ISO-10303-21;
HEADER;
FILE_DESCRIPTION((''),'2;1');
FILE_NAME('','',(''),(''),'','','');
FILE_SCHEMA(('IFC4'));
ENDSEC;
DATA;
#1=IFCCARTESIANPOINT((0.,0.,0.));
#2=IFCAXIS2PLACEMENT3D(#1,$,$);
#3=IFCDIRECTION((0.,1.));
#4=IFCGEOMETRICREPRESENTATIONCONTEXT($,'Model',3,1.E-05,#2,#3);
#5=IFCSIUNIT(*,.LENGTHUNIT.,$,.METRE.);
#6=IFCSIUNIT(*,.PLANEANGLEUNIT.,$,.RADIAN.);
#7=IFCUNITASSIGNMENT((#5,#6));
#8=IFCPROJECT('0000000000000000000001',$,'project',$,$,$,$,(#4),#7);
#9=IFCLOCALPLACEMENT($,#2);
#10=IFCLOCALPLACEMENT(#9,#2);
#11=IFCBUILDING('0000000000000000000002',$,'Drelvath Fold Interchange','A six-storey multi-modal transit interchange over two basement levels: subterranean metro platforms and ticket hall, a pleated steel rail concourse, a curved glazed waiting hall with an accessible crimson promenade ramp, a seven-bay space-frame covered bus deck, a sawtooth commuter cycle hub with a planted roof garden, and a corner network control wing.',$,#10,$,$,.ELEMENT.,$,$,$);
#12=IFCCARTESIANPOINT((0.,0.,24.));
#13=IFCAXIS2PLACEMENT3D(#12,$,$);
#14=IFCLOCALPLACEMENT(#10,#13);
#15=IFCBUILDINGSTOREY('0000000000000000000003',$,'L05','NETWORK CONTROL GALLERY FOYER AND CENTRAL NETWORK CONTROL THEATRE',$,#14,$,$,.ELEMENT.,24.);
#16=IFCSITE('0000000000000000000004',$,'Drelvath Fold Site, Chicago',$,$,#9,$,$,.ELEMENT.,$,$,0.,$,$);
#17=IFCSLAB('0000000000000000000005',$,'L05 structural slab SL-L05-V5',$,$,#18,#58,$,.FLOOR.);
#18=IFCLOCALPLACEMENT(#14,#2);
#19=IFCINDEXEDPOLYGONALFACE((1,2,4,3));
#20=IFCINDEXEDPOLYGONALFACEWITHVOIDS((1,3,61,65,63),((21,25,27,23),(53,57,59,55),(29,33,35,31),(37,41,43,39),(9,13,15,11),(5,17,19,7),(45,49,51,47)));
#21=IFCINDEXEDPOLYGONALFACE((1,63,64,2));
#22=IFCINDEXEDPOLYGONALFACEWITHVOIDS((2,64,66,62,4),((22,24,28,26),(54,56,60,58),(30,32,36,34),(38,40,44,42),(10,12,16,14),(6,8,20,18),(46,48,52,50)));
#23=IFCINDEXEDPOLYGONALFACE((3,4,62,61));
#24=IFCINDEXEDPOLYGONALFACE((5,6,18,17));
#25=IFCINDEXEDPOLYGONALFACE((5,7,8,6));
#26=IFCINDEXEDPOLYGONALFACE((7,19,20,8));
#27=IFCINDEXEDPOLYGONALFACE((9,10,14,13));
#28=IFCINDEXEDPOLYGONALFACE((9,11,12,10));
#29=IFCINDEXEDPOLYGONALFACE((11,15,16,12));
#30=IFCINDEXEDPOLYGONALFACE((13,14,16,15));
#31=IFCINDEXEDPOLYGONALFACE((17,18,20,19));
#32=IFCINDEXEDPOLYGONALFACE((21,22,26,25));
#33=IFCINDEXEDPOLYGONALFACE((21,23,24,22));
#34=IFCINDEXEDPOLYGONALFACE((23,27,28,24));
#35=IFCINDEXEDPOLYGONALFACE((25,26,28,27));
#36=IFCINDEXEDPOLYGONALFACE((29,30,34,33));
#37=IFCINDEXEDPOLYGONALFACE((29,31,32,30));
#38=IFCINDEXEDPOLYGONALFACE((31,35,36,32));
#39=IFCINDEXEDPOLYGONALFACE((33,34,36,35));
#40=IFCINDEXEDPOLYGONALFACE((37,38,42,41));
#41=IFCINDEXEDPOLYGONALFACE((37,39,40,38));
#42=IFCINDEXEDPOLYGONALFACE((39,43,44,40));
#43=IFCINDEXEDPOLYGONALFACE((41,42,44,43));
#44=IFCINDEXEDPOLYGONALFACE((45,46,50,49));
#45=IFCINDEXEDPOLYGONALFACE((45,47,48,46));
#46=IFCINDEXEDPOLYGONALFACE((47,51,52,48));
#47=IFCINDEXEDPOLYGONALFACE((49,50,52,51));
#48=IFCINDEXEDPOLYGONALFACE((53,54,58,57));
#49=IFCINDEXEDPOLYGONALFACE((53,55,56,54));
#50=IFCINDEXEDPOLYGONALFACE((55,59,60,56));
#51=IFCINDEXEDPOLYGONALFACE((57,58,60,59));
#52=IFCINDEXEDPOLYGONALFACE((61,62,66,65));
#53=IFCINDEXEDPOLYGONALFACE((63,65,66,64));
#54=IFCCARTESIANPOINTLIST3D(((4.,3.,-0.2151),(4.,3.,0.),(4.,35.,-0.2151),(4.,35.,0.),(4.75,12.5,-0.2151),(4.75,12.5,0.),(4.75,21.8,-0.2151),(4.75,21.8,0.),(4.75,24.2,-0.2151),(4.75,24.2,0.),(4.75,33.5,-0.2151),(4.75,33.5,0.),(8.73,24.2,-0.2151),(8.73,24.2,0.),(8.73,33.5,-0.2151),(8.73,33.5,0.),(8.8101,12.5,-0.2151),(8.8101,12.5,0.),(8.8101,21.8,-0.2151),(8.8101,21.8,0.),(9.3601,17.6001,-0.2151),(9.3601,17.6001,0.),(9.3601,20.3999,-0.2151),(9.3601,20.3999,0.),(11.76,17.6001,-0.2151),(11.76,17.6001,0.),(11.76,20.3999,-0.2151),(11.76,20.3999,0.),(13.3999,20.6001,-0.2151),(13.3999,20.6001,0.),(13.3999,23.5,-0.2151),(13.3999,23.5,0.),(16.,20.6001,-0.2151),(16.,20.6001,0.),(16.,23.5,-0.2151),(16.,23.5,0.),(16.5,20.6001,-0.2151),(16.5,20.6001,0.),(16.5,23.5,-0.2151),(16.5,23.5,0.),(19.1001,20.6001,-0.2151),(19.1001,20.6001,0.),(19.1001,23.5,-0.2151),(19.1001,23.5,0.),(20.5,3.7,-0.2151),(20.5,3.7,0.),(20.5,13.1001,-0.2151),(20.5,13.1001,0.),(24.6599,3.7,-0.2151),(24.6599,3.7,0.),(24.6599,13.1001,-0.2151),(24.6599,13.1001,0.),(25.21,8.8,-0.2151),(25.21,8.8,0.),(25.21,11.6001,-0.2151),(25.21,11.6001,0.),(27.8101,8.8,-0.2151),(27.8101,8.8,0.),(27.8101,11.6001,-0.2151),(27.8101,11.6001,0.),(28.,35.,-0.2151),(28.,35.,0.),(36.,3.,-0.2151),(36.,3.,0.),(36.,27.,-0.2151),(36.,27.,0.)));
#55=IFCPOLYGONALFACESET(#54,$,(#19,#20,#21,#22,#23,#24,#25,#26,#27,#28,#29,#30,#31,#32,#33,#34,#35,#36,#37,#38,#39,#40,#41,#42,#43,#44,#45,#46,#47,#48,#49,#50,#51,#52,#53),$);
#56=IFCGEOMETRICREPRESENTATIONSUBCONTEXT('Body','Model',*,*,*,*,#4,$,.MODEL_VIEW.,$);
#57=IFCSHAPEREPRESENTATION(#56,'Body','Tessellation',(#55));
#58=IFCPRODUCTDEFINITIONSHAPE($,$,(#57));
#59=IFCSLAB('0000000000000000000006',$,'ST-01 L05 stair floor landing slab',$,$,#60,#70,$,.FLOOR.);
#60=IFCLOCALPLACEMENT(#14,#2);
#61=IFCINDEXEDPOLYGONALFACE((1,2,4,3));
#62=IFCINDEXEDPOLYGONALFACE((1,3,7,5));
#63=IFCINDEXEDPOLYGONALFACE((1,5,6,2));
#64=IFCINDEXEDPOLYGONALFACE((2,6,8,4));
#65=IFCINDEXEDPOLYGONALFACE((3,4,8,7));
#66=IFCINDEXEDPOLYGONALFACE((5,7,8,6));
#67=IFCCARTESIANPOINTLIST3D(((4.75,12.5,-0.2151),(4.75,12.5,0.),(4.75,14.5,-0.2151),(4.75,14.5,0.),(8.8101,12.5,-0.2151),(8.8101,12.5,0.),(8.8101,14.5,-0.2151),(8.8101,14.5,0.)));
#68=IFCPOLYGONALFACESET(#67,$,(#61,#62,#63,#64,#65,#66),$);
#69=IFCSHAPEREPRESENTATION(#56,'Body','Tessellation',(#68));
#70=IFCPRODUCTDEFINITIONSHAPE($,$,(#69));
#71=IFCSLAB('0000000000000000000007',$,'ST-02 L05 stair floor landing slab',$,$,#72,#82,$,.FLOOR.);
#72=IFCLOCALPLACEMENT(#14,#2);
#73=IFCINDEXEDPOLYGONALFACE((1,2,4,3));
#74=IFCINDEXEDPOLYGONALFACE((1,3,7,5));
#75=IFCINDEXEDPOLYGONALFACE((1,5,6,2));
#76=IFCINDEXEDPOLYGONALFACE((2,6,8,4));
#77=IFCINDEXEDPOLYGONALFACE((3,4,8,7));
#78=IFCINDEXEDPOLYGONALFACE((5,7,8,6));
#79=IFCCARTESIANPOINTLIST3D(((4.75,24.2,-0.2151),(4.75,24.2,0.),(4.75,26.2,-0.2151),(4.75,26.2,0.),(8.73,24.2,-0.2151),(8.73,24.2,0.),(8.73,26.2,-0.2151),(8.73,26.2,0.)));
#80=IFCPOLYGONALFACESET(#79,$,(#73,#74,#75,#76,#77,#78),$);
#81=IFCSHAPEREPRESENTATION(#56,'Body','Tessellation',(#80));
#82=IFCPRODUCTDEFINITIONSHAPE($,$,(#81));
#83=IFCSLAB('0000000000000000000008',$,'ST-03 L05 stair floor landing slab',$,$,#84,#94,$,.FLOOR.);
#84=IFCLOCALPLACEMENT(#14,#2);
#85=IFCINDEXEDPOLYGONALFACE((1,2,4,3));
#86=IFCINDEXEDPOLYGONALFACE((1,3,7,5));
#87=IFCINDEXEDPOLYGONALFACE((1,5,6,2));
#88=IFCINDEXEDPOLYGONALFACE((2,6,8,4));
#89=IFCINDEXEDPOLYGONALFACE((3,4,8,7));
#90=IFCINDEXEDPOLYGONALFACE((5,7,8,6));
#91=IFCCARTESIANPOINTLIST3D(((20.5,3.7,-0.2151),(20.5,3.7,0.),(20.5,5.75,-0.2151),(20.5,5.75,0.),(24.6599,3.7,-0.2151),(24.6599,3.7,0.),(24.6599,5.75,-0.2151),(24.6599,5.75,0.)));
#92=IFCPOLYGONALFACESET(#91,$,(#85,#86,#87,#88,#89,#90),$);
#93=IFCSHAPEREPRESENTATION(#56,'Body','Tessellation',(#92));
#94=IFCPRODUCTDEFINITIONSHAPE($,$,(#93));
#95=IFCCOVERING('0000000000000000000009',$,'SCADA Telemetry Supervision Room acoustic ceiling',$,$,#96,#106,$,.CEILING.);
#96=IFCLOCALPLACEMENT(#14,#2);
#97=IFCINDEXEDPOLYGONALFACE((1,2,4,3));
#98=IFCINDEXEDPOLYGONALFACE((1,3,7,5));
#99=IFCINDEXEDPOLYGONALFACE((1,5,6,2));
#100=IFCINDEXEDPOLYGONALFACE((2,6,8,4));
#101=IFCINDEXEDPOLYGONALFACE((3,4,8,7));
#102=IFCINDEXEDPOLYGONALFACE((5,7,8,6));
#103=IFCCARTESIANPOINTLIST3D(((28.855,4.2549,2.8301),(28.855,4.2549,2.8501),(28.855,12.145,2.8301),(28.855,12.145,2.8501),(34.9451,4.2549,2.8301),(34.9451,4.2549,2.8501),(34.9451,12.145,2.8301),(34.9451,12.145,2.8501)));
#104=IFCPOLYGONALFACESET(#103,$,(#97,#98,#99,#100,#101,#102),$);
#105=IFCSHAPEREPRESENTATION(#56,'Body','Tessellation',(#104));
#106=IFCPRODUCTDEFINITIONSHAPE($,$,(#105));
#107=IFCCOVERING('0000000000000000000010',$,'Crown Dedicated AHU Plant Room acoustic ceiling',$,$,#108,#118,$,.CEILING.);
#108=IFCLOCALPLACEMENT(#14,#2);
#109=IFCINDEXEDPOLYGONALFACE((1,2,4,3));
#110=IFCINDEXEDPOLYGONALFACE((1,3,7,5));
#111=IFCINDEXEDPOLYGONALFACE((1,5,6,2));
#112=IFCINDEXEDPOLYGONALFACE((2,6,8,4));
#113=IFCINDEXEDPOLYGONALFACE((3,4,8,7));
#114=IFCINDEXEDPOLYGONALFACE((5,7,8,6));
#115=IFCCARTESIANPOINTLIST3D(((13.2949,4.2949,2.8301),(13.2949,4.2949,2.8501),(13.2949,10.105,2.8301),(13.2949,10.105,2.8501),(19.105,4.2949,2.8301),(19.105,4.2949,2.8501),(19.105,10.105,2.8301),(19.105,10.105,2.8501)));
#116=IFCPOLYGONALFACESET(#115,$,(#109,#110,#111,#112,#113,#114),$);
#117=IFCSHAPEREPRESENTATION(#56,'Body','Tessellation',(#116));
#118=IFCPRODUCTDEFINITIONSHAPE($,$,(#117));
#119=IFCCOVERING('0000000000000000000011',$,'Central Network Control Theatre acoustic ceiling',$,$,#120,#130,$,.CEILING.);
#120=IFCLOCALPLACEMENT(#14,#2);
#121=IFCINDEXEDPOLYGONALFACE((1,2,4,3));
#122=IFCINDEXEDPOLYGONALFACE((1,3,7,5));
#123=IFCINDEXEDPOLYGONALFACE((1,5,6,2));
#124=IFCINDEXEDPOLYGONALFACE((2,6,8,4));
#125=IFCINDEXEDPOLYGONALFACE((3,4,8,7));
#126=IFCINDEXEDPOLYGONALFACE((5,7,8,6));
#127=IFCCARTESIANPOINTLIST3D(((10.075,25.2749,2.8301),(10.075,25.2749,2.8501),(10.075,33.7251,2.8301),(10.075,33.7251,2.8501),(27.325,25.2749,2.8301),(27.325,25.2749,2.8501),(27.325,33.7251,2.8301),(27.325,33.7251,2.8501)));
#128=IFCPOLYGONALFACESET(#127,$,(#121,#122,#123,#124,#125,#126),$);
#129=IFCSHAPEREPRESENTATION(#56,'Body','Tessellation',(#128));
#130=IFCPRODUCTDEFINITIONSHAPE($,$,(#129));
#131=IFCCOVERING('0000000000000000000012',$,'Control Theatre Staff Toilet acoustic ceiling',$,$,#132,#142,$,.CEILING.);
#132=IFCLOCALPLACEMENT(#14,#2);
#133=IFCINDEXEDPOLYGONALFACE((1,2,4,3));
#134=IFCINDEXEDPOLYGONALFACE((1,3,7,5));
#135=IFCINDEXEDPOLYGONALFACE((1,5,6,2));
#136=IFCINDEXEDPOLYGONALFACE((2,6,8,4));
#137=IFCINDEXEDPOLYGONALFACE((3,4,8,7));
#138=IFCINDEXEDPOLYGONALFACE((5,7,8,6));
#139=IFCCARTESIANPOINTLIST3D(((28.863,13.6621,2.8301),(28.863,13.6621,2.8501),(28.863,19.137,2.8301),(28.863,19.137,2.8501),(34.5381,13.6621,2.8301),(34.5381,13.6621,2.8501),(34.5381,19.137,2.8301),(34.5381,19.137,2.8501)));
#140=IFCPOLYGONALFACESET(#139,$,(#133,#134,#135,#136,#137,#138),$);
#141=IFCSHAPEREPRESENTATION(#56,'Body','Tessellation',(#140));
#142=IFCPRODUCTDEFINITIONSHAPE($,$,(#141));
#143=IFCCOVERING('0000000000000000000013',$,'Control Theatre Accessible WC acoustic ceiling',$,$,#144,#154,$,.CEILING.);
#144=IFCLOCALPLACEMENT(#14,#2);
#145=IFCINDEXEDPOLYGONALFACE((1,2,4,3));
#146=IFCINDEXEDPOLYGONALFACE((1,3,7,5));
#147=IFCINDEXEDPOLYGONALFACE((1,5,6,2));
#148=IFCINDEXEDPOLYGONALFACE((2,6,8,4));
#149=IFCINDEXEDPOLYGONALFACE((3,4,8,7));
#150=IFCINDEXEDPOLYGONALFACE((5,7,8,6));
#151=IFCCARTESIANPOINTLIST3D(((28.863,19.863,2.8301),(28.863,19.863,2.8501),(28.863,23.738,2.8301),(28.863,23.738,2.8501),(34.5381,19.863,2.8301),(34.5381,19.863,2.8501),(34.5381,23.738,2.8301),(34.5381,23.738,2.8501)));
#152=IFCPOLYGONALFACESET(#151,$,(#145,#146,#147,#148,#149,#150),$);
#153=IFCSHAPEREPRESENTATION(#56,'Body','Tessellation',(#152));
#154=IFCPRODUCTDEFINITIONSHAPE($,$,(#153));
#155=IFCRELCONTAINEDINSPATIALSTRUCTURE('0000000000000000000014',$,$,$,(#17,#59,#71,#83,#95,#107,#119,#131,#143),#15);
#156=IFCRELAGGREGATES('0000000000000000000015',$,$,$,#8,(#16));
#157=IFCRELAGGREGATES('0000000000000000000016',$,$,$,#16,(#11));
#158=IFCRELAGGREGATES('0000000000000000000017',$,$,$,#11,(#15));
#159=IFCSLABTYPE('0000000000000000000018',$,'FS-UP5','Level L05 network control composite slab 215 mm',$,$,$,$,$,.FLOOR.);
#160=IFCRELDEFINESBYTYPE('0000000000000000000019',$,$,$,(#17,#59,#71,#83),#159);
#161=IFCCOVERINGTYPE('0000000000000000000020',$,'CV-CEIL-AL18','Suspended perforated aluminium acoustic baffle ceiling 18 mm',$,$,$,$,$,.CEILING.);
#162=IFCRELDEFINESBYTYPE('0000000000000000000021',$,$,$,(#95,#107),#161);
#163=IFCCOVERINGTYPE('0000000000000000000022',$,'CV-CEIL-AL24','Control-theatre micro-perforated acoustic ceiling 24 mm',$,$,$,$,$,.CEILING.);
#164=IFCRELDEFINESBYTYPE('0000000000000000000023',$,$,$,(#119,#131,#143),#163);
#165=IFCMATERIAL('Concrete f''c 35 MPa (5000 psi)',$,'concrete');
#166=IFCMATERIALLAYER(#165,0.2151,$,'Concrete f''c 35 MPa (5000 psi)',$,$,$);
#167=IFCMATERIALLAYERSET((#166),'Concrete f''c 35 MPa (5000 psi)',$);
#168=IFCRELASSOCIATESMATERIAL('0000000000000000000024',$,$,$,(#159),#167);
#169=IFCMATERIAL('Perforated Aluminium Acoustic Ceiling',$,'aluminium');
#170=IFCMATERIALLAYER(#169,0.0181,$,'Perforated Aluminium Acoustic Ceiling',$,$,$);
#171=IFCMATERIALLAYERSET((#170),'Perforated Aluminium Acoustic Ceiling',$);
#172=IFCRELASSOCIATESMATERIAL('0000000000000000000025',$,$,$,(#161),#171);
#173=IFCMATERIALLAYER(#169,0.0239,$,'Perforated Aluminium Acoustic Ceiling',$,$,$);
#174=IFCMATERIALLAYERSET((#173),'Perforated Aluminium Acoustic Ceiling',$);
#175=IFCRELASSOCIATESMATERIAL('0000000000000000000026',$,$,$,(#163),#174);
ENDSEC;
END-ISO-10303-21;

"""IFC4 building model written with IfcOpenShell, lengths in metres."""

from ifc_helpers import new_model, si_unit, direction, frame, origin, place, context, subcontext, project, spatial, polyline, outline, extrude, material, layer, layer_set, type_object, element, save


model = new_model("IFC4")

# Units and contexts
model_context = context("Model", 3, precision=1e-05, world=origin(), true_north=direction((0.0, 1.0)))
body_context = subcontext(model_context, "Body", "Model", "MODEL_VIEW")
ifc_project = project(units=[si_unit("LENGTHUNIT", "METRE"), si_unit("PLANEANGLEUNIT", "RADIAN")], contexts=[model_context])

# Site, building, storey
site_placement = place(None, origin())
site = spatial("IfcSite", under=ifc_project, at=site_placement, Name="Drelvath Fold Site, Chicago", CompositionType="ELEMENT", RefElevation=0.0)
building_placement = place(site_placement, origin())
building = spatial("IfcBuilding", under=site, at=building_placement, Name="Drelvath Fold Interchange", Description="A six-storey multi-modal transit interchange over two basement levels: subterranean metro platforms and ticket hall, a pleated steel rail concourse, a curved glazed waiting hall with an accessible crimson promenade ramp, a seven-bay space-frame covered bus deck, a sawtooth commuter cycle hub with a planted roof garden, and a corner network control wing.", CompositionType="ELEMENT")
storey_placement = place(building_placement, frame((0.0, 0.0, 24.0)))
storey = spatial("IfcBuildingStorey", under=building, at=storey_placement, Name="L05", Description="NETWORK CONTROL GALLERY FOYER AND CENTRAL NETWORK CONTROL THEATRE", CompositionType="ELEMENT", Elevation=24.0)

# Slabs
ifc_material_1 = material(Name="Concrete f'c 35 MPa (5000 psi)", Category="concrete")
ifc_layer_1 = layer(ifc_material_1, 0.2151, Name="Concrete f'c 35 MPa (5000 psi)")
ifc_layer_set_1 = layer_set([ifc_layer_1], Name="Concrete f'c 35 MPa (5000 psi)")
slab_type = type_object("IfcSlabType", Name="FS-UP5", Description="Level L05 network control composite slab 215 mm", PredefinedType="FLOOR", material=ifc_layer_set_1)
slab_1_placement = place(storey_placement, frame((0.0, 0.0, -0.2151)))
element("IfcSlab", 1, at=slab_1_placement, inside=storey, type_object=slab_type, Name="L05 structural slab SL-L05-V5", PredefinedType="FLOOR", context=body_context, shape_type="SweptSolid", body=[
    extrude(outline(polyline([(4.0, 3.0), (36.0, 3.0), (36.0, 27.0), (28.0, 35.0), (4.0, 35.0), (4.0, 3.0)]), holes=[polyline([(4.75, 12.5), (4.75, 21.8), (8.8101, 21.8), (8.8101, 12.5), (4.75, 12.5)]), polyline([(4.75, 24.2), (4.75, 33.5), (8.73, 33.5), (8.73, 24.2), (4.75, 24.2)]), polyline([(20.5, 3.7), (20.5, 13.1001), (24.6599, 13.1001), (24.6599, 3.7), (20.5, 3.7)]), polyline([(9.3601, 17.6001), (9.3601, 20.3999), (11.76, 20.3999), (11.76, 17.6001), (9.3601, 17.6001)]), polyline([(25.21, 8.8), (25.21, 11.6001), (27.8101, 11.6001), (27.8101, 8.8), (25.21, 8.8)]), polyline([(13.3999, 20.6001), (13.3999, 23.5), (16.0, 23.5), (16.0, 20.6001), (13.3999, 20.6001)]), polyline([(16.5, 20.6001), (16.5, 23.5), (19.1001, 23.5), (19.1001, 20.6001), (16.5, 20.6001)])]), origin(), (0.0, 0.0, 1.0), 0.2151),
])
slab_2_placement = place(storey_placement, frame((0.0, 0.0, -0.2151)))
element("IfcSlab", 2, at=slab_2_placement, inside=storey, type_object=slab_type, Name="ST-01 L05 stair floor landing slab", PredefinedType="FLOOR", context=body_context, shape_type="SweptSolid", body=[
    extrude(outline(polyline([(4.75, 12.5), (8.8101, 12.5), (8.8101, 14.5), (4.75, 14.5), (4.75, 12.5)])), origin(), (0.0, 0.0, 1.0), 0.2151),
])
slab_3_placement = place(storey_placement, frame((0.0, 0.0, -0.2151)))
element("IfcSlab", 3, at=slab_3_placement, inside=storey, type_object=slab_type, Name="ST-02 L05 stair floor landing slab", PredefinedType="FLOOR", context=body_context, shape_type="SweptSolid", body=[
    extrude(outline(polyline([(4.75, 24.2), (8.73, 24.2), (8.73, 26.2), (4.75, 26.2), (4.75, 24.2)])), origin(), (0.0, 0.0, 1.0), 0.2151),
])
slab_4_placement = place(storey_placement, frame((0.0, 0.0, -0.2151)))
element("IfcSlab", 4, at=slab_4_placement, inside=storey, type_object=slab_type, Name="ST-03 L05 stair floor landing slab", PredefinedType="FLOOR", context=body_context, shape_type="SweptSolid", body=[
    extrude(outline(polyline([(20.5, 3.7), (24.6599, 3.7), (24.6599, 5.75), (20.5, 5.75), (20.5, 3.7)])), origin(), (0.0, 0.0, 1.0), 0.2151),
])

# Coverings
ifc_material_2 = material(Name="Perforated Aluminium Acoustic Ceiling", Category="aluminium")
ifc_layer_2 = layer(ifc_material_2, 0.0181, Name="Perforated Aluminium Acoustic Ceiling")
ifc_layer_set_2 = layer_set([ifc_layer_2], Name="Perforated Aluminium Acoustic Ceiling")
covering_type_1 = type_object("IfcCoveringType", Name="CV-CEIL-AL18", Description="Suspended perforated aluminium acoustic baffle ceiling 18 mm", PredefinedType="CEILING", material=ifc_layer_set_2)
covering_1_placement = place(storey_placement, frame((0.0, 0.0, 2.8301)))
element("IfcCovering", 5, at=covering_1_placement, inside=storey, type_object=covering_type_1, Name="SCADA Telemetry Supervision Room acoustic ceiling", PredefinedType="CEILING", context=body_context, shape_type="SweptSolid", body=[
    extrude(outline(polyline([(28.855, 4.2549), (34.9451, 4.2549), (34.9451, 12.145), (28.855, 12.145), (28.855, 4.2549)])), origin(), (0.0, 0.0, 1.0), 0.02),
])
covering_2_placement = place(storey_placement, frame((0.0, 0.0, 2.8301)))
element("IfcCovering", 6, at=covering_2_placement, inside=storey, type_object=covering_type_1, Name="Crown Dedicated AHU Plant Room acoustic ceiling", PredefinedType="CEILING", context=body_context, shape_type="SweptSolid", body=[
    extrude(outline(polyline([(13.2949, 4.2949), (19.105, 4.2949), (19.105, 10.105), (13.2949, 10.105), (13.2949, 4.2949)])), origin(), (0.0, 0.0, 1.0), 0.02),
])
ifc_layer_3 = layer(ifc_material_2, 0.0239, Name="Perforated Aluminium Acoustic Ceiling")
ifc_layer_set_3 = layer_set([ifc_layer_3], Name="Perforated Aluminium Acoustic Ceiling")
covering_type_2 = type_object("IfcCoveringType", Name="CV-CEIL-AL24", Description="Control-theatre micro-perforated acoustic ceiling 24 mm", PredefinedType="CEILING", material=ifc_layer_set_3)
covering_3_placement = place(storey_placement, frame((0.0, 0.0, 2.8301)))
element("IfcCovering", 7, at=covering_3_placement, inside=storey, type_object=covering_type_2, Name="Central Network Control Theatre acoustic ceiling", PredefinedType="CEILING", context=body_context, shape_type="SweptSolid", body=[
    extrude(outline(polyline([(10.075, 25.2749), (27.325, 25.2749), (27.325, 33.7251), (10.075, 33.7251), (10.075, 25.2749)])), origin(), (0.0, 0.0, 1.0), 0.02),
])
covering_4_placement = place(storey_placement, frame((0.0, 0.0, 2.8301)))
element("IfcCovering", 8, at=covering_4_placement, inside=storey, type_object=covering_type_2, Name="Control Theatre Staff Toilet acoustic ceiling", PredefinedType="CEILING", context=body_context, shape_type="SweptSolid", body=[
    extrude(outline(polyline([(28.863, 13.6621), (34.5381, 13.6621), (34.5381, 19.137), (28.863, 19.137), (28.863, 13.6621)])), origin(), (0.0, 0.0, 1.0), 0.02),
])
covering_5_placement = place(storey_placement, frame((0.0, 0.0, 2.8301)))
element("IfcCovering", 9, at=covering_5_placement, inside=storey, type_object=covering_type_2, Name="Control Theatre Accessible WC acoustic ceiling", PredefinedType="CEILING", context=body_context, shape_type="SweptSolid", body=[
    extrude(outline(polyline([(28.863, 19.863), (34.5381, 19.863), (34.5381, 23.738), (28.863, 23.738), (28.863, 19.863)])), origin(), (0.0, 0.0, 1.0), 0.02),
])

save(model, "model.ifc")
